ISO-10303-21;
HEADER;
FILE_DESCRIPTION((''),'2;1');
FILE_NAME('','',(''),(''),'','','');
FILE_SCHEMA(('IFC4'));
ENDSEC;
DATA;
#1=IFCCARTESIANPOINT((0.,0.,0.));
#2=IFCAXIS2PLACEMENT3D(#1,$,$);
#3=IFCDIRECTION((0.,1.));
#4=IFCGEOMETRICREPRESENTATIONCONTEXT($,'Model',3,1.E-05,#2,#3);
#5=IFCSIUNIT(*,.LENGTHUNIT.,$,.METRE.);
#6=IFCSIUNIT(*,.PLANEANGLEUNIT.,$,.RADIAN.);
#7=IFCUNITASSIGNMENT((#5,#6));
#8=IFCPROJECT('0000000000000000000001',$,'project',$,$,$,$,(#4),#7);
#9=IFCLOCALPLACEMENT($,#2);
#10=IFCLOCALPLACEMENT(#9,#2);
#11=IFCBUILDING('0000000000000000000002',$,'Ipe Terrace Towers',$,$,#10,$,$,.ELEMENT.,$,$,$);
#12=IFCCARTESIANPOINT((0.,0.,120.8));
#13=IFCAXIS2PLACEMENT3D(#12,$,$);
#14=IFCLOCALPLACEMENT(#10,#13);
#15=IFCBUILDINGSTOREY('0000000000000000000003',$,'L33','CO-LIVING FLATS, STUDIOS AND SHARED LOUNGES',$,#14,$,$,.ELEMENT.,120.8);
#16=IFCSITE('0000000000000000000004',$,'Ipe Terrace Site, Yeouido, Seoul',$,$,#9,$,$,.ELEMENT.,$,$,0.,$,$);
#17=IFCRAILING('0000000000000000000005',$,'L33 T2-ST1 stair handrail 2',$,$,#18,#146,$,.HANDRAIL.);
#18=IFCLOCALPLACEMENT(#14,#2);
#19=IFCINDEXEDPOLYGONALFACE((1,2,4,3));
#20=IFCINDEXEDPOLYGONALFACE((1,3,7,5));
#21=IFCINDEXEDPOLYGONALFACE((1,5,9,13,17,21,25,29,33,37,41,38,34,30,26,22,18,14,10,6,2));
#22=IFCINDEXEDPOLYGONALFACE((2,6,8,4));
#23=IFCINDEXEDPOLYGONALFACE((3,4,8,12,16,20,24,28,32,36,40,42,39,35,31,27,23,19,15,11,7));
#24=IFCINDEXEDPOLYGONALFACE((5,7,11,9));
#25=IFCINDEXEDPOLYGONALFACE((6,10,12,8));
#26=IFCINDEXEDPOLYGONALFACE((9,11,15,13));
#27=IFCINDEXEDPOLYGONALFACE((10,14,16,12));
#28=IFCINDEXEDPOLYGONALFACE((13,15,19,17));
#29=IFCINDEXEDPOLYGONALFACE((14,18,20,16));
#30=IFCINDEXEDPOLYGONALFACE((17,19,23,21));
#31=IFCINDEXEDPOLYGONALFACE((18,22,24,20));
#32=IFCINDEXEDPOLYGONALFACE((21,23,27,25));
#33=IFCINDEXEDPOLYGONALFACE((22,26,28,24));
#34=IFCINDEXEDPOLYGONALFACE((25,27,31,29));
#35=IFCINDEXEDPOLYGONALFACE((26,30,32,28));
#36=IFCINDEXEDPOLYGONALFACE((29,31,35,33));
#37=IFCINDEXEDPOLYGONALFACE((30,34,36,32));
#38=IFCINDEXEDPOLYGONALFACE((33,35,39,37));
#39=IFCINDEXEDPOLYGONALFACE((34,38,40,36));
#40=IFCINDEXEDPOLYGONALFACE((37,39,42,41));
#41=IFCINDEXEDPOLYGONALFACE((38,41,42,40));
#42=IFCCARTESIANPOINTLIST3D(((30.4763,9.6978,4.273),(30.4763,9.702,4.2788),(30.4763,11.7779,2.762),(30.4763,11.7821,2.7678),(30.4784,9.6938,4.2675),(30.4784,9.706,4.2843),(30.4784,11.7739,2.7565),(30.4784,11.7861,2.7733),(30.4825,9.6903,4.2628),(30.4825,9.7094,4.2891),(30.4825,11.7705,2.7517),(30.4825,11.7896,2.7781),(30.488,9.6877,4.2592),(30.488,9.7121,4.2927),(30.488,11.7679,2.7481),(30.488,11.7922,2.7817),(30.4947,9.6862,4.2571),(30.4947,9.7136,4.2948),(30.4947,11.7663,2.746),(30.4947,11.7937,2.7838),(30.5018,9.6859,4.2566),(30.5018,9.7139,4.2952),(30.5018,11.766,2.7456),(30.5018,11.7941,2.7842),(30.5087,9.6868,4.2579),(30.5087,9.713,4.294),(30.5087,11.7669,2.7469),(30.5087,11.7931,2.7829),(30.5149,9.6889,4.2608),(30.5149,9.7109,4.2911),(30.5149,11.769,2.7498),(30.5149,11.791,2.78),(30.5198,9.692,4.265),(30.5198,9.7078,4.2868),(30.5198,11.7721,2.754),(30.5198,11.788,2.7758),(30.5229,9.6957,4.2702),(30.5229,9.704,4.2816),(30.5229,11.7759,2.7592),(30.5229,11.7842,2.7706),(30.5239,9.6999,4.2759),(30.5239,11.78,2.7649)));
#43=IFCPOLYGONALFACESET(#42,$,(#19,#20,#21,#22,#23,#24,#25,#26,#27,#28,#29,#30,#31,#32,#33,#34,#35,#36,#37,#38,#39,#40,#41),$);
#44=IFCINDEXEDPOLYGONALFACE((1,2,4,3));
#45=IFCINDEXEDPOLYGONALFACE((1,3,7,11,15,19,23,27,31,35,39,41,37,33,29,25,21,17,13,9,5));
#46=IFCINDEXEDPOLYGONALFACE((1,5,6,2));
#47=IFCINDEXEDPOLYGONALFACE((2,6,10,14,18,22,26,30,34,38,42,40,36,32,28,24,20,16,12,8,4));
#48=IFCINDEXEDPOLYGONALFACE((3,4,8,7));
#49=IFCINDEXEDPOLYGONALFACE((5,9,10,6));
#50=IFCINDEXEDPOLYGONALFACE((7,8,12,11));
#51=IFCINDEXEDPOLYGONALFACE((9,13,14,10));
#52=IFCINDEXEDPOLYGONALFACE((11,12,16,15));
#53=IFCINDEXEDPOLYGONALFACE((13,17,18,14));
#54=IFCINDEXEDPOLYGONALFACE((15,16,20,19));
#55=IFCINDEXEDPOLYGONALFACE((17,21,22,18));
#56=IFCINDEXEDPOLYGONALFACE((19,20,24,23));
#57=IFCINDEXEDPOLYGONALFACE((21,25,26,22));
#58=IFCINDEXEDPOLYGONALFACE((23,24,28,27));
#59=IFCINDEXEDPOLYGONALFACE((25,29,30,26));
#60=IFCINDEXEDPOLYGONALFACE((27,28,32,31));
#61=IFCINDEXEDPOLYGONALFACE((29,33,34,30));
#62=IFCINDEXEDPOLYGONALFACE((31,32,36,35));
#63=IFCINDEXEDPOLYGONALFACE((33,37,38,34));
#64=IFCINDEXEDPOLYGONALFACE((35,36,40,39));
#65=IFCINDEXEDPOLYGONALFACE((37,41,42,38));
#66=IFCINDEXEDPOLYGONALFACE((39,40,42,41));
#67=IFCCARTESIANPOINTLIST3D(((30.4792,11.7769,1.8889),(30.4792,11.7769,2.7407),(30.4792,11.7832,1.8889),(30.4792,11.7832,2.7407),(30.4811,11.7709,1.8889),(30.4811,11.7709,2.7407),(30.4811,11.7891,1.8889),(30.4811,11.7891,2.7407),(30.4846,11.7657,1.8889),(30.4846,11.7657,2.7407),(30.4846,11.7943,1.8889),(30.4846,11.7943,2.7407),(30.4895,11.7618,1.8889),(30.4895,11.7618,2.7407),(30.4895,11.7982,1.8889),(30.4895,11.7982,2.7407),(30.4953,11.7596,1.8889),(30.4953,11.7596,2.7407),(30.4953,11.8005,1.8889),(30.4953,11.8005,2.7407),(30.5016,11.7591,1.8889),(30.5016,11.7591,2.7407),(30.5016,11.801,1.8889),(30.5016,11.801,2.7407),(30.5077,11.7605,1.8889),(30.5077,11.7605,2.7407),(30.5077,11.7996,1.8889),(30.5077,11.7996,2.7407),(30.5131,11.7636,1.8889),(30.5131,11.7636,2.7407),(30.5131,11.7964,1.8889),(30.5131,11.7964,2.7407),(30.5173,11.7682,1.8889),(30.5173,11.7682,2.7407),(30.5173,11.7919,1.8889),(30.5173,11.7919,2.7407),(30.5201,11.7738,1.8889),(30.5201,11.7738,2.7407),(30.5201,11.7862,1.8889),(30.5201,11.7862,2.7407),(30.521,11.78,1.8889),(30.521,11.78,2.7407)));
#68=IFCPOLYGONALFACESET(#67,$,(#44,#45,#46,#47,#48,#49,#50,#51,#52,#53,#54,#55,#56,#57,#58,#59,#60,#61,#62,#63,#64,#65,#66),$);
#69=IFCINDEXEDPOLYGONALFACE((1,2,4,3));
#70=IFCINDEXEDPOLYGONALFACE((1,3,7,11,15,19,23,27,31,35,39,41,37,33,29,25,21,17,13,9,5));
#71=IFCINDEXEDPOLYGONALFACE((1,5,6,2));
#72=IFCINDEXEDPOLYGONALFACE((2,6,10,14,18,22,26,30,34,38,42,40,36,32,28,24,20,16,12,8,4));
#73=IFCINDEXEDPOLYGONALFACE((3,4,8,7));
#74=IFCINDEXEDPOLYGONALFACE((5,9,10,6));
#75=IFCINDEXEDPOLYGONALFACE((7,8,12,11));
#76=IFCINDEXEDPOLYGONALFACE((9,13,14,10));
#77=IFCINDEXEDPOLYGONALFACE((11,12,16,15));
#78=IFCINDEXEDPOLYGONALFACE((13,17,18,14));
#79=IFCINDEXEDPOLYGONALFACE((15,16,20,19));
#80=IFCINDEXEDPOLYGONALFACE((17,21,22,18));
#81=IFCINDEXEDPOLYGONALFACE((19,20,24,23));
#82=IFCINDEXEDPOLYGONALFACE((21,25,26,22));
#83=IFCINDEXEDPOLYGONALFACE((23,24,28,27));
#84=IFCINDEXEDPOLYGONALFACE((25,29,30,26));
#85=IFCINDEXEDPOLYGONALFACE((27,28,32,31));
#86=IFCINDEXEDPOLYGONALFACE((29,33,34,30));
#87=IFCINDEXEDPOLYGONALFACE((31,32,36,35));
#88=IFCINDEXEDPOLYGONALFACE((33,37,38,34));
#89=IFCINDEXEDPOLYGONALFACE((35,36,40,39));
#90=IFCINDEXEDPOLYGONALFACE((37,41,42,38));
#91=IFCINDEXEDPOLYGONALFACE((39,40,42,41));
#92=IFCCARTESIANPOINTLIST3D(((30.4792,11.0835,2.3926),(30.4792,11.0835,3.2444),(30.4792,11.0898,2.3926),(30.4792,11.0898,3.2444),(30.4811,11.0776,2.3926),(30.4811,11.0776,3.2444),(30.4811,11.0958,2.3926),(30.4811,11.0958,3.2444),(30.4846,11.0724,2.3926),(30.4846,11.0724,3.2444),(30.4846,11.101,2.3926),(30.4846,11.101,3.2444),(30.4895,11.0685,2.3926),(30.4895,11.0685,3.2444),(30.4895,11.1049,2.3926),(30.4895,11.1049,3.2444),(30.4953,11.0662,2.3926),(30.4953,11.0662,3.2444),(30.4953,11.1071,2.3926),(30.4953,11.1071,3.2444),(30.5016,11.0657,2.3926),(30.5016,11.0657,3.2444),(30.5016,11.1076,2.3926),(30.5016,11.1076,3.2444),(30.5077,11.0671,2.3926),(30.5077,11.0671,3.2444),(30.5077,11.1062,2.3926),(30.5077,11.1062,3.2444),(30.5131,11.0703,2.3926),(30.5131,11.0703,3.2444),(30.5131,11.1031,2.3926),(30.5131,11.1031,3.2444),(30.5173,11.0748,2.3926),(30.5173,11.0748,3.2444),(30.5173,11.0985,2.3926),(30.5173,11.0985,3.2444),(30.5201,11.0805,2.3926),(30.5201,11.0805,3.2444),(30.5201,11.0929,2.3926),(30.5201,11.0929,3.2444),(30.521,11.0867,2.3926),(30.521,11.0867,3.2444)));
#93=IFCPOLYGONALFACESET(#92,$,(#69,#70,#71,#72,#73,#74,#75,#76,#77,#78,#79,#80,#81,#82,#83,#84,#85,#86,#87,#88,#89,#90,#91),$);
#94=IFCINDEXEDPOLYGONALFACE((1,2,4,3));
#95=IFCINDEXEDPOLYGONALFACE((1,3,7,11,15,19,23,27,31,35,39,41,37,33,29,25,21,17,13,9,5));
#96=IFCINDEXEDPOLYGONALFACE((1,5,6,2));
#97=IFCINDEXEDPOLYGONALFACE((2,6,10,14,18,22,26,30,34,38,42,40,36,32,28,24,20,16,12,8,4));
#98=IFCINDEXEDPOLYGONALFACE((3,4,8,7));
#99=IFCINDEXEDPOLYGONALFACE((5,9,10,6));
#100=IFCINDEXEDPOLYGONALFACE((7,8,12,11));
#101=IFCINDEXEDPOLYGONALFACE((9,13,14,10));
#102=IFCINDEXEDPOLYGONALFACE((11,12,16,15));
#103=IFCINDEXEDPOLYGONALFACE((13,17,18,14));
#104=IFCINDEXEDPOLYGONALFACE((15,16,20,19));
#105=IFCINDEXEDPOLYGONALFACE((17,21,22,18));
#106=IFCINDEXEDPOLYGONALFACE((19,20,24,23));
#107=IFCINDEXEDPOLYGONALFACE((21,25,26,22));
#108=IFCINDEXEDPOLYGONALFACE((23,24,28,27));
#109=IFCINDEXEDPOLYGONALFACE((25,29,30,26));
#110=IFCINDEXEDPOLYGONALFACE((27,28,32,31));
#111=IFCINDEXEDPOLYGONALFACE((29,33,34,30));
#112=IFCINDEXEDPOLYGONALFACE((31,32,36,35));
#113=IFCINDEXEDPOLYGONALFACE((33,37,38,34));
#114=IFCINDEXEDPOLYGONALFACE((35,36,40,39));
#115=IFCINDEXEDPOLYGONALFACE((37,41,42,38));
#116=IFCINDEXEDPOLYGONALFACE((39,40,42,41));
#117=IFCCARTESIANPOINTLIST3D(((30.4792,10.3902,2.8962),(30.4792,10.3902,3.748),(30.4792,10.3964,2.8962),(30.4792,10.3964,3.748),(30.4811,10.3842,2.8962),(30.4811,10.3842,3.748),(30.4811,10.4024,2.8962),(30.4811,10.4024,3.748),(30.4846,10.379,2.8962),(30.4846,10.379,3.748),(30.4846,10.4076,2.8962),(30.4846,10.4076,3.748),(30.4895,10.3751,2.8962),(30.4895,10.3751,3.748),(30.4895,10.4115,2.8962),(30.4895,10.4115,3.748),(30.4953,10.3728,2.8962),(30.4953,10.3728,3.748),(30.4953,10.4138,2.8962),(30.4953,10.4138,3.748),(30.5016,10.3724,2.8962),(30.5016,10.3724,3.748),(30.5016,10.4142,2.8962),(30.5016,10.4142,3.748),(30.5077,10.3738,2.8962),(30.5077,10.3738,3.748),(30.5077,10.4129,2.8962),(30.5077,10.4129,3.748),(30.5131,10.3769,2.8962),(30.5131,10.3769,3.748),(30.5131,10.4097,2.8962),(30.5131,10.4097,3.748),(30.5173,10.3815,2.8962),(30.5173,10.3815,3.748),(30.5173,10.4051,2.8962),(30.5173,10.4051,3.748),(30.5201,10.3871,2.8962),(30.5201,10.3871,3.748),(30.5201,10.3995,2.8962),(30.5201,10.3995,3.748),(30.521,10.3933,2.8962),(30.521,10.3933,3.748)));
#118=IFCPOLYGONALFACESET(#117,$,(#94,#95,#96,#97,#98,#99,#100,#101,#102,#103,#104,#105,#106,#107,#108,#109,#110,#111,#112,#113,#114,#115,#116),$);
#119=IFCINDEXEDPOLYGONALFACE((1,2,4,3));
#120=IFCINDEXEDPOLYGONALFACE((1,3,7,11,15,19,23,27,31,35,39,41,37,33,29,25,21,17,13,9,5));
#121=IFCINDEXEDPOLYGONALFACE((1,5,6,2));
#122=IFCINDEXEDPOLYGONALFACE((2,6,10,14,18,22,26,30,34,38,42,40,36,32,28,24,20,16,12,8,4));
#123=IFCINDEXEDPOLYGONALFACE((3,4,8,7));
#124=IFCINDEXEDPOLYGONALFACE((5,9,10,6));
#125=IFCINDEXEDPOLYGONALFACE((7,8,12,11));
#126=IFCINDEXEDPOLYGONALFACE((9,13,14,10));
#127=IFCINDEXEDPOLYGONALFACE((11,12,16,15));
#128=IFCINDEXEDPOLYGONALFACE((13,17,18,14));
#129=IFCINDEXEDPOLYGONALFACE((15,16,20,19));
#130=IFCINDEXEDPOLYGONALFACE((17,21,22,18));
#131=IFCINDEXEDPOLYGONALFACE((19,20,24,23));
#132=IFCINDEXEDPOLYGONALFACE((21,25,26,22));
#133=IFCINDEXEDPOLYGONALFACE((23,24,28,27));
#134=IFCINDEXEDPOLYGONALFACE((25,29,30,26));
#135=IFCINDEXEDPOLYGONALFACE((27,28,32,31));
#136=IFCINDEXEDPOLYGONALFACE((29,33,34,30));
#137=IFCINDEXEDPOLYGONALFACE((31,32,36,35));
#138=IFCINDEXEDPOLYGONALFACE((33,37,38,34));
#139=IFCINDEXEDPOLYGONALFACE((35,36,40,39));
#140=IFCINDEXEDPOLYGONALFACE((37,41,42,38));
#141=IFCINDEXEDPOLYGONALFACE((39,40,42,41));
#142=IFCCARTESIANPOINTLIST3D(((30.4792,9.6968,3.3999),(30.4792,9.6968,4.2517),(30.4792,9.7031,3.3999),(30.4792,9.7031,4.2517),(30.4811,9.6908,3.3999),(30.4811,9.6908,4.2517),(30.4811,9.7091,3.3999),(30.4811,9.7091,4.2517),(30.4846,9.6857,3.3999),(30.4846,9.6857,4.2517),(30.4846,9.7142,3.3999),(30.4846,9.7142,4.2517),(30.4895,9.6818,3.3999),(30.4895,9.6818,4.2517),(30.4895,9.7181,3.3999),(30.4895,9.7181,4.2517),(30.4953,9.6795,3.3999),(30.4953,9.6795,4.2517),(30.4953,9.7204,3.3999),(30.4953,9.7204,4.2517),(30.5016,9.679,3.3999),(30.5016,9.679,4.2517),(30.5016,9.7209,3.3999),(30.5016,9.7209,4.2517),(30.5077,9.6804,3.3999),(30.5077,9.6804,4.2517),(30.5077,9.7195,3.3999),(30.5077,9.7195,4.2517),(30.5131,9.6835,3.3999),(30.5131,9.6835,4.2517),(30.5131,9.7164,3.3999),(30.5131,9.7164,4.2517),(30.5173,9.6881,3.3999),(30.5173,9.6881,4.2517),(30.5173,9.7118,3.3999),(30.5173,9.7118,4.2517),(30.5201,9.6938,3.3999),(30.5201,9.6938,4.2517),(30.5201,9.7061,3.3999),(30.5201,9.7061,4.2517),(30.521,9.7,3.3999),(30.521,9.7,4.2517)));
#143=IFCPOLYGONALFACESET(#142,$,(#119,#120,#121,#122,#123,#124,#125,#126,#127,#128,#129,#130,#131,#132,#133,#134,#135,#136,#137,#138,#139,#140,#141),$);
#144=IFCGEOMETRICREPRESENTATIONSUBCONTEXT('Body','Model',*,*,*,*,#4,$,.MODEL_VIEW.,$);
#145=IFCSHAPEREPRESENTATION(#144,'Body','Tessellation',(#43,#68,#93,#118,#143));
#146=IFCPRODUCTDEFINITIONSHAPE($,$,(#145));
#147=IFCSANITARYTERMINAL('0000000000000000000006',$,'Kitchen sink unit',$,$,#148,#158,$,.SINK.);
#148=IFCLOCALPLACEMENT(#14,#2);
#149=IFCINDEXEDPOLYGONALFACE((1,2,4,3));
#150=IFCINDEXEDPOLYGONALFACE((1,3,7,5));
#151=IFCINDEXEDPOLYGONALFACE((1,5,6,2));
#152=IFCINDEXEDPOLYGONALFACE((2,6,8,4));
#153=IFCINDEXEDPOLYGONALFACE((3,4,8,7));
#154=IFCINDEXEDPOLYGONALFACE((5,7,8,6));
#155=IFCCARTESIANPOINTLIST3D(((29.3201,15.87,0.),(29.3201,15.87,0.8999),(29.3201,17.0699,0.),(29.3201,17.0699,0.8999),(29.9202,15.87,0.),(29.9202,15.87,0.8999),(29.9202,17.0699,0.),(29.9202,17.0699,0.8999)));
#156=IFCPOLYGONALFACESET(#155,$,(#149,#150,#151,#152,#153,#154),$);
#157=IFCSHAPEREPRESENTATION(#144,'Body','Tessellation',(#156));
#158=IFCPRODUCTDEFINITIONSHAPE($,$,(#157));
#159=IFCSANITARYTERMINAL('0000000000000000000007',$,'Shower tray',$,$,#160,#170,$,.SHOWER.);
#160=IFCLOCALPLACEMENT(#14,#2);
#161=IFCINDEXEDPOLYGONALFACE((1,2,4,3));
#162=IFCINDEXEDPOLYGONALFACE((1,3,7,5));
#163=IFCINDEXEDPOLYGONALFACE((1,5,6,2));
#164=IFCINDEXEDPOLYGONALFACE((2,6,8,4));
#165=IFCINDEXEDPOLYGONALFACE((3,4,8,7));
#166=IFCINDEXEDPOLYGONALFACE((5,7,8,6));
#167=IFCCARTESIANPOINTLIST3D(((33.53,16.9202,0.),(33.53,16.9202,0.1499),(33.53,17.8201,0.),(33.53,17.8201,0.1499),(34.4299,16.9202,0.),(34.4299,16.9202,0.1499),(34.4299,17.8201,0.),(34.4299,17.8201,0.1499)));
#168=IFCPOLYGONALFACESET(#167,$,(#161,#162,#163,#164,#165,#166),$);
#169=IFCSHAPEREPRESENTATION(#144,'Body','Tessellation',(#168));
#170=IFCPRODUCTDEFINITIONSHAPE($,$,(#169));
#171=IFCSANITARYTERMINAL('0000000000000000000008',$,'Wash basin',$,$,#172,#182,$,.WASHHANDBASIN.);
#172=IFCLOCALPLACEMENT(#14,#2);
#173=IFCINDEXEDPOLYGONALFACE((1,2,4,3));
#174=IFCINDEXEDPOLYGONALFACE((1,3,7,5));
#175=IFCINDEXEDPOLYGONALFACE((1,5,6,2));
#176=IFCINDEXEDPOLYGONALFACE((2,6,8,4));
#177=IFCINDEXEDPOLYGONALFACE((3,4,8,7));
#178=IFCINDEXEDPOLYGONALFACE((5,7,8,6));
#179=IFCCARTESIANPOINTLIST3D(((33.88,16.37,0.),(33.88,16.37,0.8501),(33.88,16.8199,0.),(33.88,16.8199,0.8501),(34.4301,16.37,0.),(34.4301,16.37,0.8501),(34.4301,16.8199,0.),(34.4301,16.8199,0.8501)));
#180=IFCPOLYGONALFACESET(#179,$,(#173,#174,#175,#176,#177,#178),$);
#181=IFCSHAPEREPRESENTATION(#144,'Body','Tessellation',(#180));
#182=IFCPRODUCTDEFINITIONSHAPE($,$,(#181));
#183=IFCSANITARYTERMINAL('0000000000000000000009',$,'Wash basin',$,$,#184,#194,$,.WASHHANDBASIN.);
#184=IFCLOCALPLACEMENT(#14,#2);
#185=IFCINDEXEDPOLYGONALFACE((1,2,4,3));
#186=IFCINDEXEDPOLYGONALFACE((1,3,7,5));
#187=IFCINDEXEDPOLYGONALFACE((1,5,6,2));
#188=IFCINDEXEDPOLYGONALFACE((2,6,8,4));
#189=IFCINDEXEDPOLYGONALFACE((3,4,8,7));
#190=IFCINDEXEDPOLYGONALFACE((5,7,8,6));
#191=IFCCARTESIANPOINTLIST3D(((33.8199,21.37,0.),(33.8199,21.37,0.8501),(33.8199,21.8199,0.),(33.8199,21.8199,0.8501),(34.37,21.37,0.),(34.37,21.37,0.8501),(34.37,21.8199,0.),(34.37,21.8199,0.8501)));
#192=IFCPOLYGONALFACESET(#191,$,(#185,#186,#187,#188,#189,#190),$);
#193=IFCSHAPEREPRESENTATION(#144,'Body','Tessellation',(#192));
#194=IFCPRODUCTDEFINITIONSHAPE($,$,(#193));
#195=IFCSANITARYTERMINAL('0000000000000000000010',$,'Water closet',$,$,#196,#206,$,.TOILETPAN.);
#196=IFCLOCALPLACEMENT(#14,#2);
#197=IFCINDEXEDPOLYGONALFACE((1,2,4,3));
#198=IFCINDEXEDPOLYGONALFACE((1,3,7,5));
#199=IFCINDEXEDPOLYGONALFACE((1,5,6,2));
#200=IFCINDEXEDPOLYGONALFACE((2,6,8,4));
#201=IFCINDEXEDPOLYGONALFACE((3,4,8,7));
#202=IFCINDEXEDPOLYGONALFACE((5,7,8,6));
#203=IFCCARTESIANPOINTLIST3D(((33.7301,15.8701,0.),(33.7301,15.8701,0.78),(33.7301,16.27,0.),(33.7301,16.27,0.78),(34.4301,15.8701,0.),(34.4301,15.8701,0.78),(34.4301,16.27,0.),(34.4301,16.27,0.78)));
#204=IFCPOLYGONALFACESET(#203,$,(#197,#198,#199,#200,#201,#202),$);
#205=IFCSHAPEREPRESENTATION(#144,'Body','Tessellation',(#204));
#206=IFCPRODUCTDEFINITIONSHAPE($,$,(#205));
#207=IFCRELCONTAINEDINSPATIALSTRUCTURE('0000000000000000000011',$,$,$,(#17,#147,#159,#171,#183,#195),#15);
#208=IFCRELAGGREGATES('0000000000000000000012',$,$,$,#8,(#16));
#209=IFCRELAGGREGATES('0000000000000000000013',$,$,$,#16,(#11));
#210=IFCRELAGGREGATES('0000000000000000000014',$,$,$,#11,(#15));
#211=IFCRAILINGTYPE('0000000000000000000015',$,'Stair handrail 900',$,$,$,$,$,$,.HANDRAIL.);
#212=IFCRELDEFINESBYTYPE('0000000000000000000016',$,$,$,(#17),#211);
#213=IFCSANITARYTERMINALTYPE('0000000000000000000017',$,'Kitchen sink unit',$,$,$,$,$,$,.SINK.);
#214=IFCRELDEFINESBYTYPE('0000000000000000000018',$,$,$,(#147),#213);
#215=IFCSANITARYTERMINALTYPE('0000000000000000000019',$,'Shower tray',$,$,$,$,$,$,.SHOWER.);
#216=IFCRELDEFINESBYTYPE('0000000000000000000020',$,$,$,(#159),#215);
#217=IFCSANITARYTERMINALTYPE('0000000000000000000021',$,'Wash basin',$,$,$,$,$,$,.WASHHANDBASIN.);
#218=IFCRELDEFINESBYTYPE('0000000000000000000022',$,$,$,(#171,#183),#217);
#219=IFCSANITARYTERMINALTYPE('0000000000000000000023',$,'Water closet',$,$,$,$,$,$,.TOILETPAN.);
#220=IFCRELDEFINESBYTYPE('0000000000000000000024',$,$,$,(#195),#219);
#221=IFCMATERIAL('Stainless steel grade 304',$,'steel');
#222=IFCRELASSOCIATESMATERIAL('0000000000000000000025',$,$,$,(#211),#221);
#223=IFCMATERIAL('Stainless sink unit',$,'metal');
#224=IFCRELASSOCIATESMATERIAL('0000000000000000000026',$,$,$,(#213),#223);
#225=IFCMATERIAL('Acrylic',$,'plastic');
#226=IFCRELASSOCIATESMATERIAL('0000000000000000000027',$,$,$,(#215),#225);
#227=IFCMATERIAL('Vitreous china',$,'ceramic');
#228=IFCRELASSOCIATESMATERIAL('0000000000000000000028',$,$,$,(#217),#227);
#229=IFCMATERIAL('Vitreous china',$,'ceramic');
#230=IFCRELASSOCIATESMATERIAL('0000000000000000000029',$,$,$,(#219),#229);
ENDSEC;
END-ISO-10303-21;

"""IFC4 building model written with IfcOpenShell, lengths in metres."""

from ifc_helpers import new_model, si_unit, direction, frame, origin, origin_2d, place, context, subcontext, project, spatial, rectangle, circle, extrude, material, type_object, element, save


model = new_model("IFC4")

# Units and contexts
model_context = context("Model", 3, precision=1e-05, world=origin(), true_north=direction((0.0, 1.0)))
body_context = subcontext(model_context, "Body", "Model", "MODEL_VIEW")
ifc_project = project(units=[si_unit("LENGTHUNIT", "METRE"), si_unit("PLANEANGLEUNIT", "RADIAN")], contexts=[model_context])

# Site, building, storey
site_placement = place(None, origin())
site = spatial("IfcSite", under=ifc_project, at=site_placement, Name="Ipe Terrace Site, Yeouido, Seoul", CompositionType="ELEMENT", RefElevation=0.0)
building_placement = place(site_placement, origin())
building = spatial("IfcBuilding", under=site, at=building_placement, Name="Ipe Terrace Towers", CompositionType="ELEMENT")
storey_placement = place(building_placement, frame((0.0, 0.0, 120.8)))
storey = spatial("IfcBuildingStorey", under=building, at=storey_placement, Name="L33", Description="CO-LIVING FLATS, STUDIOS AND SHARED LOUNGES", CompositionType="ELEMENT", Elevation=120.8)

# Railing
ifc_material_1 = material(Name="Stainless steel grade 304", Category="steel")
railing_type = type_object("IfcRailingType", Name="Stair handrail 900", PredefinedType="HANDRAIL", material=ifc_material_1)
railing_1_placement = place(storey_placement, frame((30.5, 11.78, 1.8889)))
element("IfcRailing", 1, at=railing_1_placement, inside=storey, type_object=railing_type, Name="L33 T2-ST1 stair handrail 2", PredefinedType="HANDRAIL", context=body_context, shape_type="SweptSolid", body=[
    extrude(circle(Radius=0.0239, at=origin_2d()), frame((0.0, 0.0, 0.876), z_axis=(0.0, -0.809069, 0.587714), x_axis=(1.0, 0.0, 0.0)), (0.0, 0.0, 1.0), 2.571),
    extrude(circle(Radius=0.021, at=origin_2d()), origin(), (0.0, 0.0, 1.0), 0.8518),
    extrude(circle(Radius=0.021, at=origin_2d()), frame((0.0, -0.6934, 0.5037)), (0.0, 0.0, 1.0), 0.8518),
    extrude(circle(Radius=0.021, at=origin_2d()), frame((0.0, -1.3867, 1.0073)), (0.0, 0.0, 1.0), 0.8518),
    extrude(circle(Radius=0.021, at=origin_2d()), frame((0.0, -2.0801, 1.511)), (0.0, 0.0, 1.0), 0.8518),
])

# Sanitary terminals
ifc_material_2 = material(Name="Stainless sink unit", Category="metal")
sanitary_terminal_type_1 = type_object("IfcSanitaryTerminalType", Name="Kitchen sink unit", PredefinedType="SINK", material=ifc_material_2)
sanitary_terminal_1_placement = place(storey_placement, frame((29.6201, 16.47, 0.0), z_axis=(0.0, 0.0, 1.0), x_axis=(0.0, 1.0, 0.0)))
element("IfcSanitaryTerminal", 2, at=sanitary_terminal_1_placement, inside=storey, type_object=sanitary_terminal_type_1, Name="Kitchen sink unit", PredefinedType="SINK", context=body_context, shape_type="SweptSolid", body=[
    extrude(rectangle(XDim=1.2, YDim=0.6001, at=origin_2d()), origin(), (0.0, 0.0, 1.0), 0.8999),
])
ifc_material_3 = material(Name="Acrylic", Category="plastic")
sanitary_terminal_type_2 = type_object("IfcSanitaryTerminalType", Name="Shower tray", PredefinedType="SHOWER", material=ifc_material_3)
sanitary_terminal_2_placement = place(storey_placement, frame((33.98, 17.3701, 0.0), z_axis=(0.0, 0.0, 1.0), x_axis=(-1.0, 0.0, 0.0)))
element("IfcSanitaryTerminal", 3, at=sanitary_terminal_2_placement, inside=storey, type_object=sanitary_terminal_type_2, Name="Shower tray", PredefinedType="SHOWER", context=body_context, shape_type="SweptSolid", body=[
    extrude(rectangle(XDim=0.8999, YDim=0.8999, at=origin_2d()), origin(), (0.0, 0.0, 1.0), 0.1499),
])
ifc_material_4 = material(Name="Vitreous china", Category="ceramic")
sanitary_terminal_type_3 = type_object("IfcSanitaryTerminalType", Name="Wash basin", PredefinedType="WASHHANDBASIN", material=ifc_material_4)
for number, where, z_axis, x_axis, name in (
    (4, (34.155, 16.595, 0.0), (0.0, 0.0, 1.0), (-1.0, 0.0, 0.0), "Wash basin"),
    (5, (34.095, 21.595, 0.0), (0.0, 0.0, 1.0), (1.0, 0.0, 0.0), "Wash basin"),
):
    element("IfcSanitaryTerminal", number, at=place(storey_placement, frame(where, z_axis=z_axis, x_axis=x_axis)), inside=storey, type_object=sanitary_terminal_type_3, Name=name, PredefinedType="WASHHANDBASIN", context=body_context, shape_type="SweptSolid", body=[
        extrude(rectangle(XDim=0.55, YDim=0.45, at=origin_2d()), origin(), (0.0, 0.0, 1.0), 0.8501),
    ])
ifc_material_5 = material(Name="Vitreous china", Category="ceramic")
sanitary_terminal_type_4 = type_object("IfcSanitaryTerminalType", Name="Water closet", PredefinedType="TOILETPAN", material=ifc_material_5)
sanitary_terminal_3_placement = place(storey_placement, frame((34.0801, 16.0701, 0.0), z_axis=(0.0, 0.0, 1.0), x_axis=(-1.0, 0.0, 0.0)))
element("IfcSanitaryTerminal", 6, at=sanitary_terminal_3_placement, inside=storey, type_object=sanitary_terminal_type_4, Name="Water closet", PredefinedType="TOILETPAN", context=body_context, shape_type="SweptSolid", body=[
    extrude(rectangle(XDim=0.7, YDim=0.3999, at=origin_2d()), origin(), (0.0, 0.0, 1.0), 0.78),
])

save(model, "model.ifc")
